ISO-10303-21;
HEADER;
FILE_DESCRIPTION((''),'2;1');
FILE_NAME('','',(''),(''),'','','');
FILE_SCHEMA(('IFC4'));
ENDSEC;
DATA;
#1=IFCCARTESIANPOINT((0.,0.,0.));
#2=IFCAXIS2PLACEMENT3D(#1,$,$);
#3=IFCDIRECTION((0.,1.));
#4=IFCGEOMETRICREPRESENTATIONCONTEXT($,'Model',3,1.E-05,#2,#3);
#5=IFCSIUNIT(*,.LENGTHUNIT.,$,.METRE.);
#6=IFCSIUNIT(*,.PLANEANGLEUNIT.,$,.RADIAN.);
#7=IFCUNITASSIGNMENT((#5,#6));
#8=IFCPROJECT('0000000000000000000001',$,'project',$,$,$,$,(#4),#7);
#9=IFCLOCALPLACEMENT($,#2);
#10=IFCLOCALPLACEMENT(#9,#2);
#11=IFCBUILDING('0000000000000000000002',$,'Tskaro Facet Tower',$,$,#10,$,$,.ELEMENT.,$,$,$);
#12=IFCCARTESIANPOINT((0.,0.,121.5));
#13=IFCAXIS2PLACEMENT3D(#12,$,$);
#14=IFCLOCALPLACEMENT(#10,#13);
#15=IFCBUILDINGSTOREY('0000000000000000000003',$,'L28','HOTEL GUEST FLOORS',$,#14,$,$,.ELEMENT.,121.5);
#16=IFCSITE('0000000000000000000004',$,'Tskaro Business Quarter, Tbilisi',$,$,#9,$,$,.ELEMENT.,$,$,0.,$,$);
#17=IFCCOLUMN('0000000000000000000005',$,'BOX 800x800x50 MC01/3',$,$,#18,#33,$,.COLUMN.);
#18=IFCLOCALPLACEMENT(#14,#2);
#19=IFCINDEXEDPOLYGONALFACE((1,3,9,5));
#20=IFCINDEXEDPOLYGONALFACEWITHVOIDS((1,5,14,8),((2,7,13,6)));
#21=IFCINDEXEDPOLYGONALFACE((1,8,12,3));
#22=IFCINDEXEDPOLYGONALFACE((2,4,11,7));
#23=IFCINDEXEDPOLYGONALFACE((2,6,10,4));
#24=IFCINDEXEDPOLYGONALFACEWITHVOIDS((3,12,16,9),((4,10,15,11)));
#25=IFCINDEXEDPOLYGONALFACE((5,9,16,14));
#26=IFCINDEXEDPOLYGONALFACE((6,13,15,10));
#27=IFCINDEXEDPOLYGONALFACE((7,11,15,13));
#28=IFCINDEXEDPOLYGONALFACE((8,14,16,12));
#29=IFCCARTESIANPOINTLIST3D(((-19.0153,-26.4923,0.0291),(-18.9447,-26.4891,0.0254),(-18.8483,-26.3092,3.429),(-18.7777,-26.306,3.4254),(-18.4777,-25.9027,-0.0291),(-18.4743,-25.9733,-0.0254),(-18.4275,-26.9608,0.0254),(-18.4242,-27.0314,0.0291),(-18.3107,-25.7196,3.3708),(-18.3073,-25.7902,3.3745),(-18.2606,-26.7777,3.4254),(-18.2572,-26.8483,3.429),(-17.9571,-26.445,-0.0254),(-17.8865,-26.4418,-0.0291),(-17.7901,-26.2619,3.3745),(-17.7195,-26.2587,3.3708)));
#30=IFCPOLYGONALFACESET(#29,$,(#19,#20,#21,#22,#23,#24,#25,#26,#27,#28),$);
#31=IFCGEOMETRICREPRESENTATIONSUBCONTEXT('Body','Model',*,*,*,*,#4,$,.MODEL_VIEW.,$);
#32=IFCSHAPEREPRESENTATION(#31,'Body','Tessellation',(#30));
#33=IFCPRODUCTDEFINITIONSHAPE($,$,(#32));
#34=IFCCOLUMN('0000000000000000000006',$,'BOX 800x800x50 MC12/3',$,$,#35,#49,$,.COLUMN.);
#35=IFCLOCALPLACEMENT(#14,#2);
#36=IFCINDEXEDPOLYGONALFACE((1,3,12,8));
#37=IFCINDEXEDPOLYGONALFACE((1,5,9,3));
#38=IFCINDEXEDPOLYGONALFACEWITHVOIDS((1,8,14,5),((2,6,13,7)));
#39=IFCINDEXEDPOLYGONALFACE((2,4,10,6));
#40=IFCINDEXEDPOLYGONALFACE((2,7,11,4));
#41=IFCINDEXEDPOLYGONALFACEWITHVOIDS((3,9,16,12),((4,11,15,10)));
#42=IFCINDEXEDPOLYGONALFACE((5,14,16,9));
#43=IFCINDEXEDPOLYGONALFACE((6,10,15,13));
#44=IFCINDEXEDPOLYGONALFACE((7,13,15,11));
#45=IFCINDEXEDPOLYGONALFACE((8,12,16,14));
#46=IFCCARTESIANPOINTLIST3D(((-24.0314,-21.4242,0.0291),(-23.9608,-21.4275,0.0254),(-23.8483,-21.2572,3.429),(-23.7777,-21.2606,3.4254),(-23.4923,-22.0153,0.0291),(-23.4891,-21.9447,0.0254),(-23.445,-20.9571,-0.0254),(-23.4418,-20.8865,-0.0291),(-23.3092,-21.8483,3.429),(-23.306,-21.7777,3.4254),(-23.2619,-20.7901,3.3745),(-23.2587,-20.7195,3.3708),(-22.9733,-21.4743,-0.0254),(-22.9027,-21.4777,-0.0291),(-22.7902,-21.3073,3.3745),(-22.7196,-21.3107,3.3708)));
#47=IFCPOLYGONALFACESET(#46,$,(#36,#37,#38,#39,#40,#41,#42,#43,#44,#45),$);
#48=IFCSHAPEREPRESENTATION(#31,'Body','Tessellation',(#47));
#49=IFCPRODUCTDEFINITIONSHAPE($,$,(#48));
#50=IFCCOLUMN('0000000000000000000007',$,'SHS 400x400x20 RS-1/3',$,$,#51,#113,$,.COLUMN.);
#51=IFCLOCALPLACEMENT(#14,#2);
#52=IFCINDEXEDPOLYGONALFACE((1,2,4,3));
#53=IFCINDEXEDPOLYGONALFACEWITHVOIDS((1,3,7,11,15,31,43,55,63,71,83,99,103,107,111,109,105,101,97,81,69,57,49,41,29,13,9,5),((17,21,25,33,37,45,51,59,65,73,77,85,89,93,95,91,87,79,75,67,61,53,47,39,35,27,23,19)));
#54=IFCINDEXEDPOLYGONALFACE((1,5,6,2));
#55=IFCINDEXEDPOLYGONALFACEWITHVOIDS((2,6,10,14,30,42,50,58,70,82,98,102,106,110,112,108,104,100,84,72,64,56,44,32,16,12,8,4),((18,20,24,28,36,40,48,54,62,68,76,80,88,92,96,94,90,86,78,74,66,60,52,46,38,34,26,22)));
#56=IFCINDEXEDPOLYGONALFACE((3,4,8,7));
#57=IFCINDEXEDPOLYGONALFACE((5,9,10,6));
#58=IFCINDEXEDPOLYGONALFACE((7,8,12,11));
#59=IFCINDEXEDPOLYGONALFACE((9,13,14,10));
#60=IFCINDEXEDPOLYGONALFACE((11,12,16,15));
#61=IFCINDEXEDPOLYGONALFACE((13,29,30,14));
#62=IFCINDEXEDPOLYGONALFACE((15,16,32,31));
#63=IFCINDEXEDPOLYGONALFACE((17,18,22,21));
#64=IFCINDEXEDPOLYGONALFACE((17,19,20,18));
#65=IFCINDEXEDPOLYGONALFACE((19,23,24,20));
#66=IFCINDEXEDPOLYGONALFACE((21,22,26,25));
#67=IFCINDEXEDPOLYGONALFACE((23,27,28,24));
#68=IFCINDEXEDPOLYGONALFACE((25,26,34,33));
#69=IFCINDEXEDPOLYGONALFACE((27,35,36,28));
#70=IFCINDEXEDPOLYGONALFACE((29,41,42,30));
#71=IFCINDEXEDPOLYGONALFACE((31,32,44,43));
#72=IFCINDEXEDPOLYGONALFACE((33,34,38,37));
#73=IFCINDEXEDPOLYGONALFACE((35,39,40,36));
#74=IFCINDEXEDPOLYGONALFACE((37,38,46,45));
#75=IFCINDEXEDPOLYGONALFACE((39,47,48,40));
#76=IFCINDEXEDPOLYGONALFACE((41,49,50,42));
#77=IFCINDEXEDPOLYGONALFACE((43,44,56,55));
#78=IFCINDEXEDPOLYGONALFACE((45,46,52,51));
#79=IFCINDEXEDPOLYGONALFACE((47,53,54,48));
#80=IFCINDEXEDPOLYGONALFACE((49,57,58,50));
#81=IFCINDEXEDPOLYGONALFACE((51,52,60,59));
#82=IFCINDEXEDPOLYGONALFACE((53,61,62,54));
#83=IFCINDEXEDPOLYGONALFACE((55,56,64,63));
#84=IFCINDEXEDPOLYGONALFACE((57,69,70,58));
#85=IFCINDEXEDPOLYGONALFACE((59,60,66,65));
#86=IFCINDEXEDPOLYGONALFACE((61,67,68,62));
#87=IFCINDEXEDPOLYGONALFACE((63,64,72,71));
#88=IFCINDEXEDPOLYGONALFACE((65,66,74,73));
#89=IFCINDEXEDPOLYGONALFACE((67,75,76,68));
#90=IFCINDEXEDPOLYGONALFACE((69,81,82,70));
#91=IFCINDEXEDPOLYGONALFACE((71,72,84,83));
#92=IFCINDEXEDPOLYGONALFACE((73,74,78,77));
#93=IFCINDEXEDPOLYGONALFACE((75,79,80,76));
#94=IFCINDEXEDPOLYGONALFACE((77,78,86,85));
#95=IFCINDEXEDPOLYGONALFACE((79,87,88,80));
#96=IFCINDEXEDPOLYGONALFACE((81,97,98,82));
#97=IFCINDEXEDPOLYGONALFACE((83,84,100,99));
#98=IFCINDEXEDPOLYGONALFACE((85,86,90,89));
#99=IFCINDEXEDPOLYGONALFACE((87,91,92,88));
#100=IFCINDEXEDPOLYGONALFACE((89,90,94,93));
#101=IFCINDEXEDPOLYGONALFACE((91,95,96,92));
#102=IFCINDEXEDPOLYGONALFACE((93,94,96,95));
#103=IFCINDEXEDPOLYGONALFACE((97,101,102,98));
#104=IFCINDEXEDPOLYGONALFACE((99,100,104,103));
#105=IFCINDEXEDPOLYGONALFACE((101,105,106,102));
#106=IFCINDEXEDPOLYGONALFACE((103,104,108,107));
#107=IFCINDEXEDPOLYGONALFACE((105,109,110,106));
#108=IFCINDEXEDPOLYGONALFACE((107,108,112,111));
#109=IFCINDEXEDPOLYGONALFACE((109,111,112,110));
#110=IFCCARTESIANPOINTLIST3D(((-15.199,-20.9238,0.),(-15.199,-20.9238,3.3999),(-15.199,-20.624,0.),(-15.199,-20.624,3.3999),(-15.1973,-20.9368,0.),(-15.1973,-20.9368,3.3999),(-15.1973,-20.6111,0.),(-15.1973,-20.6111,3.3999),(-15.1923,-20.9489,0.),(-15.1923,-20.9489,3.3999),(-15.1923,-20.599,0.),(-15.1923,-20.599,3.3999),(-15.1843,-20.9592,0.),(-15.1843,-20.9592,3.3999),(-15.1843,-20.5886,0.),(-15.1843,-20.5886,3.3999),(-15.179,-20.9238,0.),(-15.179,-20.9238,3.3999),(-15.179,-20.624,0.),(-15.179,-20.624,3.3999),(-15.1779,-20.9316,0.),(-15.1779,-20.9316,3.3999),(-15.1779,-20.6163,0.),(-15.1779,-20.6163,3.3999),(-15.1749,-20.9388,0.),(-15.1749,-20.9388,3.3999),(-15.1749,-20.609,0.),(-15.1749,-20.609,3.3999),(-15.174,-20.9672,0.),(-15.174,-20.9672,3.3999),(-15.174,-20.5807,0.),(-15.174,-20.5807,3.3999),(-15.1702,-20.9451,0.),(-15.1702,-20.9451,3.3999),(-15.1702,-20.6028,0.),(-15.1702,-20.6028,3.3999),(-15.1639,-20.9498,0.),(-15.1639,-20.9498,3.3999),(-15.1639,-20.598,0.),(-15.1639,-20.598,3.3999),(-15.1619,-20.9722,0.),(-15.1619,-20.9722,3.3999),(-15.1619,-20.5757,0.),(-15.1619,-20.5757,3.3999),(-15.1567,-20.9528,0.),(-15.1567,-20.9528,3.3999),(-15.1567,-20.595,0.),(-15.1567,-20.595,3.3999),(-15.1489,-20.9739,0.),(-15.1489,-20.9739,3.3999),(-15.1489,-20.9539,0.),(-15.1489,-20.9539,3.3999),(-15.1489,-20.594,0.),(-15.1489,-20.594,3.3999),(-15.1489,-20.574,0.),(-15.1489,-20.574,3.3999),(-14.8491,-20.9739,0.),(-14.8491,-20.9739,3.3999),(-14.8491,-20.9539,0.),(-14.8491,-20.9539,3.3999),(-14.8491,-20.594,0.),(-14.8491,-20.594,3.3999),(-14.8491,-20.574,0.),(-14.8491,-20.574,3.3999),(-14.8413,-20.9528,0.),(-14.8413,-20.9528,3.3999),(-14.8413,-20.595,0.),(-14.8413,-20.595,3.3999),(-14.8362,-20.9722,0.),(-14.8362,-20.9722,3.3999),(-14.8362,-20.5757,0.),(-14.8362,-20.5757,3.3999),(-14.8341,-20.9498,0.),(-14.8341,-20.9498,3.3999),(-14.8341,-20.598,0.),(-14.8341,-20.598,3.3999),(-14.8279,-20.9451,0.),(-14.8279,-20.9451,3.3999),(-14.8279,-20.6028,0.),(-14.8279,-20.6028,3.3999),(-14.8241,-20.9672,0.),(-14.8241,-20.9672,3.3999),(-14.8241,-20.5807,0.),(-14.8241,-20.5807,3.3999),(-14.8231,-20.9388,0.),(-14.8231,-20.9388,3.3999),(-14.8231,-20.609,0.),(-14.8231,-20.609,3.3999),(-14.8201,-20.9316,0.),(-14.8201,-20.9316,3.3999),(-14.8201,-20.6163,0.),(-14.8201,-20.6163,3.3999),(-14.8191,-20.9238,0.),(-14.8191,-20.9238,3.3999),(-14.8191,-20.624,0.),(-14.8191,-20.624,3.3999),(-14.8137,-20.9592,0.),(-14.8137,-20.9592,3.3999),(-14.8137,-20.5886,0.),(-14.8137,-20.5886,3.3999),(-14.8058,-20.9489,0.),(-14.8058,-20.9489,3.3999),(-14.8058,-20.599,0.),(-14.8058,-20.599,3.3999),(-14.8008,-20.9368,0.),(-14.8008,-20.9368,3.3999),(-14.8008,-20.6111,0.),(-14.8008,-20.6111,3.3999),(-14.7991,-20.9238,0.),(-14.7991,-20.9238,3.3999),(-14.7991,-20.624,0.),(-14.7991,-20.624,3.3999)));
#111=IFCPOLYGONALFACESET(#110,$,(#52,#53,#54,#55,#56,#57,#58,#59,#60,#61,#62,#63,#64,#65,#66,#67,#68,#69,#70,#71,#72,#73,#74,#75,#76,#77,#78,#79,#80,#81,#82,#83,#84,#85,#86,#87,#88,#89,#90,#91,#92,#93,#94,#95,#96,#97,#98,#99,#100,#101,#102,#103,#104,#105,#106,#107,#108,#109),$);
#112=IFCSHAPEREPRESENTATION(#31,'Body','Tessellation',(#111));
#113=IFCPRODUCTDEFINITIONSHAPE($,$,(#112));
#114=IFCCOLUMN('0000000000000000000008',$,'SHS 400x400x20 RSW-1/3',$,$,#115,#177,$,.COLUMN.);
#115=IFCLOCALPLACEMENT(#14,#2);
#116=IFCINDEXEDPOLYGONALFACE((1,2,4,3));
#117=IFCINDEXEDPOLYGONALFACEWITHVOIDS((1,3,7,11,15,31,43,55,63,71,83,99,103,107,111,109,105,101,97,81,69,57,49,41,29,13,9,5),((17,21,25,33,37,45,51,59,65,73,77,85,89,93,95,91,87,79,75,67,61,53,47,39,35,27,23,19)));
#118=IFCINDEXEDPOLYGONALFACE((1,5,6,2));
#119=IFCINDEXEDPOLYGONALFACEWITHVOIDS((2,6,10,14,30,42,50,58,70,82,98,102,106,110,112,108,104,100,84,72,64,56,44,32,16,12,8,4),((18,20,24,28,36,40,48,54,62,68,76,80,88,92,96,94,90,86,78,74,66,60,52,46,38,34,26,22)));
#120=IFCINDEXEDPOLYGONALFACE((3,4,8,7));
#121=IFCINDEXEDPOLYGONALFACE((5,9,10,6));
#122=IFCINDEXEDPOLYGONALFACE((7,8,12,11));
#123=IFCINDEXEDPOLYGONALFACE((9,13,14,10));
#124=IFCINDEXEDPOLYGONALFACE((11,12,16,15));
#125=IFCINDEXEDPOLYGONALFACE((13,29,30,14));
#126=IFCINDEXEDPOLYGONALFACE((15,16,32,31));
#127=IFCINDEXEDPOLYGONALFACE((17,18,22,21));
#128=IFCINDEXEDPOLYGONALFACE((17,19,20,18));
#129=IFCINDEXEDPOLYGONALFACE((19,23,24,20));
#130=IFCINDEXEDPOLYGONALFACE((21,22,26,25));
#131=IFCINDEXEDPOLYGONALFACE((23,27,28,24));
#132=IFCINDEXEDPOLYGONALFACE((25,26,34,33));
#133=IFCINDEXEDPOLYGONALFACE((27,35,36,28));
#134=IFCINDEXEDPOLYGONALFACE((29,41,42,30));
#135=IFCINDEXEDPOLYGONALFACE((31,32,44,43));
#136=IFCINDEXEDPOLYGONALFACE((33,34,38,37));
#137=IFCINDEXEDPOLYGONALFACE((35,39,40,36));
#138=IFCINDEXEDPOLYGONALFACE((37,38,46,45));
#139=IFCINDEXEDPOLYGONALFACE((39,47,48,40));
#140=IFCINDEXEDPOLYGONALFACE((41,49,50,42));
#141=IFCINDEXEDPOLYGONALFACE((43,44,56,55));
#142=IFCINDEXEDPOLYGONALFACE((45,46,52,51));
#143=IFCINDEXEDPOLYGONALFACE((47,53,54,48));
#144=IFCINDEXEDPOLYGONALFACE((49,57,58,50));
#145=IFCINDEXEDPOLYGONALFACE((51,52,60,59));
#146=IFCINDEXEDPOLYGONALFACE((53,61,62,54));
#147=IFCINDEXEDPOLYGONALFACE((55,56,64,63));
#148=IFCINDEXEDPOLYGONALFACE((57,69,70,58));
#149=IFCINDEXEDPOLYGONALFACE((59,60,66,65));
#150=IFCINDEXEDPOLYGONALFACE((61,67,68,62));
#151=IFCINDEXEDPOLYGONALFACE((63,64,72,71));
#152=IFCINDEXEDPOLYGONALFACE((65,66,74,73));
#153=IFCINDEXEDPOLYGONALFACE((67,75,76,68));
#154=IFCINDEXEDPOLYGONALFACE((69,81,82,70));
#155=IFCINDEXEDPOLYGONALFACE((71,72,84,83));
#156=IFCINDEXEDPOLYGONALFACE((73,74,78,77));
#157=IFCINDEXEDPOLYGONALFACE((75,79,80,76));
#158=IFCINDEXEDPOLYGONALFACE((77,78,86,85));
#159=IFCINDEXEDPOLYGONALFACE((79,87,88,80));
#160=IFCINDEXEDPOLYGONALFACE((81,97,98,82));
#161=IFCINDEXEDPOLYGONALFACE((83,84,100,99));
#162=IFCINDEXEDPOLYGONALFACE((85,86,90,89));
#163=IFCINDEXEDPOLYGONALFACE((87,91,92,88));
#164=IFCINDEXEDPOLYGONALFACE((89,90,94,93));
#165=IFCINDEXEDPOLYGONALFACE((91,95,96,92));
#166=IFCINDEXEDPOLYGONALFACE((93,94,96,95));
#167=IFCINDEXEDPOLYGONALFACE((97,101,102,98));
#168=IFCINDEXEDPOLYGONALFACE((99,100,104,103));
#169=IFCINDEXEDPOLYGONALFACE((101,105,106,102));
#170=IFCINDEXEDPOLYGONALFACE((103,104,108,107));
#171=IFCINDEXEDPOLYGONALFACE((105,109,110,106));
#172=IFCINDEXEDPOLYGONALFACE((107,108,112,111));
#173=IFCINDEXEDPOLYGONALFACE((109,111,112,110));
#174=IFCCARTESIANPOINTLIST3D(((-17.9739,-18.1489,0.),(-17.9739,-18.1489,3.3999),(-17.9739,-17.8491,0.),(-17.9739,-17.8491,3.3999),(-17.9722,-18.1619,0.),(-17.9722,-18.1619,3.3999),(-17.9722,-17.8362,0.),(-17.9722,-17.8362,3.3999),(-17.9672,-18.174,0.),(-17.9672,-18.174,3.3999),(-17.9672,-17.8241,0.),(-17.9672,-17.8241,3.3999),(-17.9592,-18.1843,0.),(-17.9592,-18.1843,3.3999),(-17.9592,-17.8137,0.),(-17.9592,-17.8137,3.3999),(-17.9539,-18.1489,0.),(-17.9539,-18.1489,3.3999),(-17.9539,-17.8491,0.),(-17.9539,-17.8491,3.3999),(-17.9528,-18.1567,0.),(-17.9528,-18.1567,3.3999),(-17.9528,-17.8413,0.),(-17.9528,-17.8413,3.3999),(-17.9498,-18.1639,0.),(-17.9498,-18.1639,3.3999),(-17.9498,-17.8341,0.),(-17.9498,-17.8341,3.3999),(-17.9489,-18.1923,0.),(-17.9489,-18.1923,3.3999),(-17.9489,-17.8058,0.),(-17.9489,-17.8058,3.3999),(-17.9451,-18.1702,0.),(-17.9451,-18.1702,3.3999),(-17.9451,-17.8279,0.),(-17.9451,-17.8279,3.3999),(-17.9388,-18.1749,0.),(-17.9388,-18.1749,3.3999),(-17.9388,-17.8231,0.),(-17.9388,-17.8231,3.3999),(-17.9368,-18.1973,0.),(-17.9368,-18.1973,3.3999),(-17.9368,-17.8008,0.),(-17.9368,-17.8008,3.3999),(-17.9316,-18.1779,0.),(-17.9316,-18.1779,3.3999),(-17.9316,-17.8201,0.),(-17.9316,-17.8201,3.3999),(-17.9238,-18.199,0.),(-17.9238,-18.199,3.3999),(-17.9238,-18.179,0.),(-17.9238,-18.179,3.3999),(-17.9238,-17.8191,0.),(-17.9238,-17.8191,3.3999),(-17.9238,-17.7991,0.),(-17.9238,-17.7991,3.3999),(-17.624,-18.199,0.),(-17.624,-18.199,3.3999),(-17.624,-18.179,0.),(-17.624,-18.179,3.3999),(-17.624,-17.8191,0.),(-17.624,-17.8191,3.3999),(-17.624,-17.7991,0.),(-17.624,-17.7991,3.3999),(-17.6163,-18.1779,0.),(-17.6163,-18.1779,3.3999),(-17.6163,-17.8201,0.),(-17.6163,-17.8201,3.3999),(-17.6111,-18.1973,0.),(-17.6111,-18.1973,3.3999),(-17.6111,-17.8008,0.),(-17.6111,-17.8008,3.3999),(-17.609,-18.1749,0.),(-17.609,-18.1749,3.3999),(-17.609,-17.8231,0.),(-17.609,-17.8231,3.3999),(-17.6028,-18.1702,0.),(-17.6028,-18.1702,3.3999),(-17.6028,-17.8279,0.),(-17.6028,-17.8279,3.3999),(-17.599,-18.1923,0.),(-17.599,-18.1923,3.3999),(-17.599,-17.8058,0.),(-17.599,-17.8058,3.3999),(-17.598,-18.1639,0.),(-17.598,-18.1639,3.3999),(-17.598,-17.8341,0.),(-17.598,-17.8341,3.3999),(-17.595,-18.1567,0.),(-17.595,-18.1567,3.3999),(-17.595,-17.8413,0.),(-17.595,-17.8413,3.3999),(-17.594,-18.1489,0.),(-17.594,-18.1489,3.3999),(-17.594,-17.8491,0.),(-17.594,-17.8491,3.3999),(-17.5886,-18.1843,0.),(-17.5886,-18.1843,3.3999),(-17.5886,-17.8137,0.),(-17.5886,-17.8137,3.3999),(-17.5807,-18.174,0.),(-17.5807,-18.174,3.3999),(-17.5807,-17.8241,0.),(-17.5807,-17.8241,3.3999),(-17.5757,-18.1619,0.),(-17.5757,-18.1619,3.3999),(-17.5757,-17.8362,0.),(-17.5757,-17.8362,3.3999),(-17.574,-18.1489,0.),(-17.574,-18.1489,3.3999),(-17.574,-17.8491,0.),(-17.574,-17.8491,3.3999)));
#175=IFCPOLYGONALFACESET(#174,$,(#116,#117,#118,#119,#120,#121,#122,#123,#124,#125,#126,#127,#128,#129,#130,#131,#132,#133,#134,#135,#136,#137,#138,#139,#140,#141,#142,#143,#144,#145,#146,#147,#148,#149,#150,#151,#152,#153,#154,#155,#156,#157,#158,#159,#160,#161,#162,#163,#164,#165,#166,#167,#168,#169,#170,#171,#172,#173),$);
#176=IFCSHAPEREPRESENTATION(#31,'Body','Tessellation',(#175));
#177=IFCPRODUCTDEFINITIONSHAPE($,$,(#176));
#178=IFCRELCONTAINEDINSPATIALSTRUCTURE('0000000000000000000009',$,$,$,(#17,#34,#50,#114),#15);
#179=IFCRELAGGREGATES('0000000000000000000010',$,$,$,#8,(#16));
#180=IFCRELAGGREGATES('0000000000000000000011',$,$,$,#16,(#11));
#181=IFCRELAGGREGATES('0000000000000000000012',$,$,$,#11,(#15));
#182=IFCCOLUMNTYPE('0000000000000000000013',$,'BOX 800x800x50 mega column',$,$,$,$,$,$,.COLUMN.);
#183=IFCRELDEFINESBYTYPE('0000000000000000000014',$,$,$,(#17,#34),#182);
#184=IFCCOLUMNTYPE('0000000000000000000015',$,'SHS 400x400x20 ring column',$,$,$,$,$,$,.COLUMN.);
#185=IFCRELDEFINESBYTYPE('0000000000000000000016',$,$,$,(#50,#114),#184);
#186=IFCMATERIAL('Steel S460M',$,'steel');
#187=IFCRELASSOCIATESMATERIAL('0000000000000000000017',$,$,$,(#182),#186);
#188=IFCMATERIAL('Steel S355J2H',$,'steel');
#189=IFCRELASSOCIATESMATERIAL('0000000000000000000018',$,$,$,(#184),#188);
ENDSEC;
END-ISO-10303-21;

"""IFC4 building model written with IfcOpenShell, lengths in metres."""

from ifc_helpers import new_model, si_unit, direction, frame, origin, origin_2d, place, context, subcontext, project, spatial, hollow_rectangle, extrude, material, material_profile, profile_set, type_object, element, save


model = new_model("IFC4")

# Units and contexts
model_context = context("Model", 3, precision=1e-05, world=origin(), true_north=direction((0.0, 1.0)))
body_context = subcontext(model_context, "Body", "Model", "MODEL_VIEW")
ifc_project = project(units=[si_unit("LENGTHUNIT", "METRE"), si_unit("PLANEANGLEUNIT", "RADIAN")], contexts=[model_context])

# Site, building, storey
site_placement = place(None, origin())
site = spatial("IfcSite", under=ifc_project, at=site_placement, Name="Tskaro Business Quarter, Tbilisi", CompositionType="ELEMENT", RefElevation=0.0)
building_placement = place(site_placement, origin())
building = spatial("IfcBuilding", under=site, at=building_placement, Name="Tskaro Facet Tower", CompositionType="ELEMENT")
storey_placement = place(building_placement, frame((0.0, 0.0, 121.5)))
storey = spatial("IfcBuildingStorey", under=building, at=storey_placement, Name="L28", Description="HOTEL GUEST FLOORS", CompositionType="ELEMENT", Elevation=121.5)

# Columns
ifc_material_1 = material(Name="Steel S460M", Category="steel")
ifc_material_profile_1 = material_profile(ifc_material_1, hollow_rectangle(XDim=0.8, YDim=0.8, WallThickness=0.05, at=origin_2d()), Name="BOX 800x800x50")
ifc_profile_set_1 = profile_set([ifc_material_profile_1], Name="Steel S460M")
column_type_1 = type_object("IfcColumnType", Name="BOX 800x800x50 mega column", PredefinedType="COLUMN", material=ifc_profile_set_1)
for number, where, z_axis, x_axis, name in (
    (1, (-18.4509, -26.467, 0.0), (0.048987, 0.053714, 0.997354), (-0.738869, 0.673849, 0.0), "BOX 800x800x50 MC01/3"),
    (2, (-23.467, -21.4509, 0.0), (0.053714, 0.048987, 0.997354), (-0.673849, 0.738869, 0.0), "BOX 800x800x50 MC12/3"),
):
    element("IfcColumn", number, at=place(storey_placement, frame(where, z_axis=z_axis, x_axis=x_axis)), inside=storey, type_object=column_type_1, Name=name, PredefinedType="COLUMN", context=body_context, shape_type="SweptSolid", body=[
        extrude(hollow_rectangle(XDim=0.8, YDim=0.8, WallThickness=0.05, at=origin_2d()), origin(), (0.0, 0.0, 1.0), 3.4089),
    ])
ifc_material_2 = material(Name="Steel S355J2H", Category="steel")
ifc_material_profile_2 = material_profile(ifc_material_2, hollow_rectangle(XDim=0.3999, YDim=0.3999, WallThickness=0.02, InnerFilletRadius=0.03, OuterFilletRadius=0.05, at=origin_2d()), Name="SHS 400x400x20")
ifc_profile_set_2 = profile_set([ifc_material_profile_2], Name="Steel S355J2H")
column_type_2 = type_object("IfcColumnType", Name="SHS 400x400x20 ring column", PredefinedType="COLUMN", material=ifc_profile_set_2)
for number, where, z_axis, x_axis, name in (
    (3, (-14.999, -20.7739, 0.0), (0.0, 0.0, 1.0), (1.0, 0.0, 0.0), "SHS 400x400x20 RS-1/3"),
    (4, (-17.7739, -17.999, 0.0), (0.0, 0.0, 1.0), (1.0, 0.0, 0.0), "SHS 400x400x20 RSW-1/3"),
):
    element("IfcColumn", number, at=place(storey_placement, frame(where, z_axis=z_axis, x_axis=x_axis)), inside=storey, type_object=column_type_2, Name=name, PredefinedType="COLUMN", context=body_context, shape_type="SweptSolid", body=[
        extrude(hollow_rectangle(XDim=0.3999, YDim=0.3999, WallThickness=0.02, InnerFilletRadius=0.03, OuterFilletRadius=0.05, at=origin_2d()), origin(), (0.0, 0.0, 1.0), 3.3999),
    ])

save(model, "model.ifc")
